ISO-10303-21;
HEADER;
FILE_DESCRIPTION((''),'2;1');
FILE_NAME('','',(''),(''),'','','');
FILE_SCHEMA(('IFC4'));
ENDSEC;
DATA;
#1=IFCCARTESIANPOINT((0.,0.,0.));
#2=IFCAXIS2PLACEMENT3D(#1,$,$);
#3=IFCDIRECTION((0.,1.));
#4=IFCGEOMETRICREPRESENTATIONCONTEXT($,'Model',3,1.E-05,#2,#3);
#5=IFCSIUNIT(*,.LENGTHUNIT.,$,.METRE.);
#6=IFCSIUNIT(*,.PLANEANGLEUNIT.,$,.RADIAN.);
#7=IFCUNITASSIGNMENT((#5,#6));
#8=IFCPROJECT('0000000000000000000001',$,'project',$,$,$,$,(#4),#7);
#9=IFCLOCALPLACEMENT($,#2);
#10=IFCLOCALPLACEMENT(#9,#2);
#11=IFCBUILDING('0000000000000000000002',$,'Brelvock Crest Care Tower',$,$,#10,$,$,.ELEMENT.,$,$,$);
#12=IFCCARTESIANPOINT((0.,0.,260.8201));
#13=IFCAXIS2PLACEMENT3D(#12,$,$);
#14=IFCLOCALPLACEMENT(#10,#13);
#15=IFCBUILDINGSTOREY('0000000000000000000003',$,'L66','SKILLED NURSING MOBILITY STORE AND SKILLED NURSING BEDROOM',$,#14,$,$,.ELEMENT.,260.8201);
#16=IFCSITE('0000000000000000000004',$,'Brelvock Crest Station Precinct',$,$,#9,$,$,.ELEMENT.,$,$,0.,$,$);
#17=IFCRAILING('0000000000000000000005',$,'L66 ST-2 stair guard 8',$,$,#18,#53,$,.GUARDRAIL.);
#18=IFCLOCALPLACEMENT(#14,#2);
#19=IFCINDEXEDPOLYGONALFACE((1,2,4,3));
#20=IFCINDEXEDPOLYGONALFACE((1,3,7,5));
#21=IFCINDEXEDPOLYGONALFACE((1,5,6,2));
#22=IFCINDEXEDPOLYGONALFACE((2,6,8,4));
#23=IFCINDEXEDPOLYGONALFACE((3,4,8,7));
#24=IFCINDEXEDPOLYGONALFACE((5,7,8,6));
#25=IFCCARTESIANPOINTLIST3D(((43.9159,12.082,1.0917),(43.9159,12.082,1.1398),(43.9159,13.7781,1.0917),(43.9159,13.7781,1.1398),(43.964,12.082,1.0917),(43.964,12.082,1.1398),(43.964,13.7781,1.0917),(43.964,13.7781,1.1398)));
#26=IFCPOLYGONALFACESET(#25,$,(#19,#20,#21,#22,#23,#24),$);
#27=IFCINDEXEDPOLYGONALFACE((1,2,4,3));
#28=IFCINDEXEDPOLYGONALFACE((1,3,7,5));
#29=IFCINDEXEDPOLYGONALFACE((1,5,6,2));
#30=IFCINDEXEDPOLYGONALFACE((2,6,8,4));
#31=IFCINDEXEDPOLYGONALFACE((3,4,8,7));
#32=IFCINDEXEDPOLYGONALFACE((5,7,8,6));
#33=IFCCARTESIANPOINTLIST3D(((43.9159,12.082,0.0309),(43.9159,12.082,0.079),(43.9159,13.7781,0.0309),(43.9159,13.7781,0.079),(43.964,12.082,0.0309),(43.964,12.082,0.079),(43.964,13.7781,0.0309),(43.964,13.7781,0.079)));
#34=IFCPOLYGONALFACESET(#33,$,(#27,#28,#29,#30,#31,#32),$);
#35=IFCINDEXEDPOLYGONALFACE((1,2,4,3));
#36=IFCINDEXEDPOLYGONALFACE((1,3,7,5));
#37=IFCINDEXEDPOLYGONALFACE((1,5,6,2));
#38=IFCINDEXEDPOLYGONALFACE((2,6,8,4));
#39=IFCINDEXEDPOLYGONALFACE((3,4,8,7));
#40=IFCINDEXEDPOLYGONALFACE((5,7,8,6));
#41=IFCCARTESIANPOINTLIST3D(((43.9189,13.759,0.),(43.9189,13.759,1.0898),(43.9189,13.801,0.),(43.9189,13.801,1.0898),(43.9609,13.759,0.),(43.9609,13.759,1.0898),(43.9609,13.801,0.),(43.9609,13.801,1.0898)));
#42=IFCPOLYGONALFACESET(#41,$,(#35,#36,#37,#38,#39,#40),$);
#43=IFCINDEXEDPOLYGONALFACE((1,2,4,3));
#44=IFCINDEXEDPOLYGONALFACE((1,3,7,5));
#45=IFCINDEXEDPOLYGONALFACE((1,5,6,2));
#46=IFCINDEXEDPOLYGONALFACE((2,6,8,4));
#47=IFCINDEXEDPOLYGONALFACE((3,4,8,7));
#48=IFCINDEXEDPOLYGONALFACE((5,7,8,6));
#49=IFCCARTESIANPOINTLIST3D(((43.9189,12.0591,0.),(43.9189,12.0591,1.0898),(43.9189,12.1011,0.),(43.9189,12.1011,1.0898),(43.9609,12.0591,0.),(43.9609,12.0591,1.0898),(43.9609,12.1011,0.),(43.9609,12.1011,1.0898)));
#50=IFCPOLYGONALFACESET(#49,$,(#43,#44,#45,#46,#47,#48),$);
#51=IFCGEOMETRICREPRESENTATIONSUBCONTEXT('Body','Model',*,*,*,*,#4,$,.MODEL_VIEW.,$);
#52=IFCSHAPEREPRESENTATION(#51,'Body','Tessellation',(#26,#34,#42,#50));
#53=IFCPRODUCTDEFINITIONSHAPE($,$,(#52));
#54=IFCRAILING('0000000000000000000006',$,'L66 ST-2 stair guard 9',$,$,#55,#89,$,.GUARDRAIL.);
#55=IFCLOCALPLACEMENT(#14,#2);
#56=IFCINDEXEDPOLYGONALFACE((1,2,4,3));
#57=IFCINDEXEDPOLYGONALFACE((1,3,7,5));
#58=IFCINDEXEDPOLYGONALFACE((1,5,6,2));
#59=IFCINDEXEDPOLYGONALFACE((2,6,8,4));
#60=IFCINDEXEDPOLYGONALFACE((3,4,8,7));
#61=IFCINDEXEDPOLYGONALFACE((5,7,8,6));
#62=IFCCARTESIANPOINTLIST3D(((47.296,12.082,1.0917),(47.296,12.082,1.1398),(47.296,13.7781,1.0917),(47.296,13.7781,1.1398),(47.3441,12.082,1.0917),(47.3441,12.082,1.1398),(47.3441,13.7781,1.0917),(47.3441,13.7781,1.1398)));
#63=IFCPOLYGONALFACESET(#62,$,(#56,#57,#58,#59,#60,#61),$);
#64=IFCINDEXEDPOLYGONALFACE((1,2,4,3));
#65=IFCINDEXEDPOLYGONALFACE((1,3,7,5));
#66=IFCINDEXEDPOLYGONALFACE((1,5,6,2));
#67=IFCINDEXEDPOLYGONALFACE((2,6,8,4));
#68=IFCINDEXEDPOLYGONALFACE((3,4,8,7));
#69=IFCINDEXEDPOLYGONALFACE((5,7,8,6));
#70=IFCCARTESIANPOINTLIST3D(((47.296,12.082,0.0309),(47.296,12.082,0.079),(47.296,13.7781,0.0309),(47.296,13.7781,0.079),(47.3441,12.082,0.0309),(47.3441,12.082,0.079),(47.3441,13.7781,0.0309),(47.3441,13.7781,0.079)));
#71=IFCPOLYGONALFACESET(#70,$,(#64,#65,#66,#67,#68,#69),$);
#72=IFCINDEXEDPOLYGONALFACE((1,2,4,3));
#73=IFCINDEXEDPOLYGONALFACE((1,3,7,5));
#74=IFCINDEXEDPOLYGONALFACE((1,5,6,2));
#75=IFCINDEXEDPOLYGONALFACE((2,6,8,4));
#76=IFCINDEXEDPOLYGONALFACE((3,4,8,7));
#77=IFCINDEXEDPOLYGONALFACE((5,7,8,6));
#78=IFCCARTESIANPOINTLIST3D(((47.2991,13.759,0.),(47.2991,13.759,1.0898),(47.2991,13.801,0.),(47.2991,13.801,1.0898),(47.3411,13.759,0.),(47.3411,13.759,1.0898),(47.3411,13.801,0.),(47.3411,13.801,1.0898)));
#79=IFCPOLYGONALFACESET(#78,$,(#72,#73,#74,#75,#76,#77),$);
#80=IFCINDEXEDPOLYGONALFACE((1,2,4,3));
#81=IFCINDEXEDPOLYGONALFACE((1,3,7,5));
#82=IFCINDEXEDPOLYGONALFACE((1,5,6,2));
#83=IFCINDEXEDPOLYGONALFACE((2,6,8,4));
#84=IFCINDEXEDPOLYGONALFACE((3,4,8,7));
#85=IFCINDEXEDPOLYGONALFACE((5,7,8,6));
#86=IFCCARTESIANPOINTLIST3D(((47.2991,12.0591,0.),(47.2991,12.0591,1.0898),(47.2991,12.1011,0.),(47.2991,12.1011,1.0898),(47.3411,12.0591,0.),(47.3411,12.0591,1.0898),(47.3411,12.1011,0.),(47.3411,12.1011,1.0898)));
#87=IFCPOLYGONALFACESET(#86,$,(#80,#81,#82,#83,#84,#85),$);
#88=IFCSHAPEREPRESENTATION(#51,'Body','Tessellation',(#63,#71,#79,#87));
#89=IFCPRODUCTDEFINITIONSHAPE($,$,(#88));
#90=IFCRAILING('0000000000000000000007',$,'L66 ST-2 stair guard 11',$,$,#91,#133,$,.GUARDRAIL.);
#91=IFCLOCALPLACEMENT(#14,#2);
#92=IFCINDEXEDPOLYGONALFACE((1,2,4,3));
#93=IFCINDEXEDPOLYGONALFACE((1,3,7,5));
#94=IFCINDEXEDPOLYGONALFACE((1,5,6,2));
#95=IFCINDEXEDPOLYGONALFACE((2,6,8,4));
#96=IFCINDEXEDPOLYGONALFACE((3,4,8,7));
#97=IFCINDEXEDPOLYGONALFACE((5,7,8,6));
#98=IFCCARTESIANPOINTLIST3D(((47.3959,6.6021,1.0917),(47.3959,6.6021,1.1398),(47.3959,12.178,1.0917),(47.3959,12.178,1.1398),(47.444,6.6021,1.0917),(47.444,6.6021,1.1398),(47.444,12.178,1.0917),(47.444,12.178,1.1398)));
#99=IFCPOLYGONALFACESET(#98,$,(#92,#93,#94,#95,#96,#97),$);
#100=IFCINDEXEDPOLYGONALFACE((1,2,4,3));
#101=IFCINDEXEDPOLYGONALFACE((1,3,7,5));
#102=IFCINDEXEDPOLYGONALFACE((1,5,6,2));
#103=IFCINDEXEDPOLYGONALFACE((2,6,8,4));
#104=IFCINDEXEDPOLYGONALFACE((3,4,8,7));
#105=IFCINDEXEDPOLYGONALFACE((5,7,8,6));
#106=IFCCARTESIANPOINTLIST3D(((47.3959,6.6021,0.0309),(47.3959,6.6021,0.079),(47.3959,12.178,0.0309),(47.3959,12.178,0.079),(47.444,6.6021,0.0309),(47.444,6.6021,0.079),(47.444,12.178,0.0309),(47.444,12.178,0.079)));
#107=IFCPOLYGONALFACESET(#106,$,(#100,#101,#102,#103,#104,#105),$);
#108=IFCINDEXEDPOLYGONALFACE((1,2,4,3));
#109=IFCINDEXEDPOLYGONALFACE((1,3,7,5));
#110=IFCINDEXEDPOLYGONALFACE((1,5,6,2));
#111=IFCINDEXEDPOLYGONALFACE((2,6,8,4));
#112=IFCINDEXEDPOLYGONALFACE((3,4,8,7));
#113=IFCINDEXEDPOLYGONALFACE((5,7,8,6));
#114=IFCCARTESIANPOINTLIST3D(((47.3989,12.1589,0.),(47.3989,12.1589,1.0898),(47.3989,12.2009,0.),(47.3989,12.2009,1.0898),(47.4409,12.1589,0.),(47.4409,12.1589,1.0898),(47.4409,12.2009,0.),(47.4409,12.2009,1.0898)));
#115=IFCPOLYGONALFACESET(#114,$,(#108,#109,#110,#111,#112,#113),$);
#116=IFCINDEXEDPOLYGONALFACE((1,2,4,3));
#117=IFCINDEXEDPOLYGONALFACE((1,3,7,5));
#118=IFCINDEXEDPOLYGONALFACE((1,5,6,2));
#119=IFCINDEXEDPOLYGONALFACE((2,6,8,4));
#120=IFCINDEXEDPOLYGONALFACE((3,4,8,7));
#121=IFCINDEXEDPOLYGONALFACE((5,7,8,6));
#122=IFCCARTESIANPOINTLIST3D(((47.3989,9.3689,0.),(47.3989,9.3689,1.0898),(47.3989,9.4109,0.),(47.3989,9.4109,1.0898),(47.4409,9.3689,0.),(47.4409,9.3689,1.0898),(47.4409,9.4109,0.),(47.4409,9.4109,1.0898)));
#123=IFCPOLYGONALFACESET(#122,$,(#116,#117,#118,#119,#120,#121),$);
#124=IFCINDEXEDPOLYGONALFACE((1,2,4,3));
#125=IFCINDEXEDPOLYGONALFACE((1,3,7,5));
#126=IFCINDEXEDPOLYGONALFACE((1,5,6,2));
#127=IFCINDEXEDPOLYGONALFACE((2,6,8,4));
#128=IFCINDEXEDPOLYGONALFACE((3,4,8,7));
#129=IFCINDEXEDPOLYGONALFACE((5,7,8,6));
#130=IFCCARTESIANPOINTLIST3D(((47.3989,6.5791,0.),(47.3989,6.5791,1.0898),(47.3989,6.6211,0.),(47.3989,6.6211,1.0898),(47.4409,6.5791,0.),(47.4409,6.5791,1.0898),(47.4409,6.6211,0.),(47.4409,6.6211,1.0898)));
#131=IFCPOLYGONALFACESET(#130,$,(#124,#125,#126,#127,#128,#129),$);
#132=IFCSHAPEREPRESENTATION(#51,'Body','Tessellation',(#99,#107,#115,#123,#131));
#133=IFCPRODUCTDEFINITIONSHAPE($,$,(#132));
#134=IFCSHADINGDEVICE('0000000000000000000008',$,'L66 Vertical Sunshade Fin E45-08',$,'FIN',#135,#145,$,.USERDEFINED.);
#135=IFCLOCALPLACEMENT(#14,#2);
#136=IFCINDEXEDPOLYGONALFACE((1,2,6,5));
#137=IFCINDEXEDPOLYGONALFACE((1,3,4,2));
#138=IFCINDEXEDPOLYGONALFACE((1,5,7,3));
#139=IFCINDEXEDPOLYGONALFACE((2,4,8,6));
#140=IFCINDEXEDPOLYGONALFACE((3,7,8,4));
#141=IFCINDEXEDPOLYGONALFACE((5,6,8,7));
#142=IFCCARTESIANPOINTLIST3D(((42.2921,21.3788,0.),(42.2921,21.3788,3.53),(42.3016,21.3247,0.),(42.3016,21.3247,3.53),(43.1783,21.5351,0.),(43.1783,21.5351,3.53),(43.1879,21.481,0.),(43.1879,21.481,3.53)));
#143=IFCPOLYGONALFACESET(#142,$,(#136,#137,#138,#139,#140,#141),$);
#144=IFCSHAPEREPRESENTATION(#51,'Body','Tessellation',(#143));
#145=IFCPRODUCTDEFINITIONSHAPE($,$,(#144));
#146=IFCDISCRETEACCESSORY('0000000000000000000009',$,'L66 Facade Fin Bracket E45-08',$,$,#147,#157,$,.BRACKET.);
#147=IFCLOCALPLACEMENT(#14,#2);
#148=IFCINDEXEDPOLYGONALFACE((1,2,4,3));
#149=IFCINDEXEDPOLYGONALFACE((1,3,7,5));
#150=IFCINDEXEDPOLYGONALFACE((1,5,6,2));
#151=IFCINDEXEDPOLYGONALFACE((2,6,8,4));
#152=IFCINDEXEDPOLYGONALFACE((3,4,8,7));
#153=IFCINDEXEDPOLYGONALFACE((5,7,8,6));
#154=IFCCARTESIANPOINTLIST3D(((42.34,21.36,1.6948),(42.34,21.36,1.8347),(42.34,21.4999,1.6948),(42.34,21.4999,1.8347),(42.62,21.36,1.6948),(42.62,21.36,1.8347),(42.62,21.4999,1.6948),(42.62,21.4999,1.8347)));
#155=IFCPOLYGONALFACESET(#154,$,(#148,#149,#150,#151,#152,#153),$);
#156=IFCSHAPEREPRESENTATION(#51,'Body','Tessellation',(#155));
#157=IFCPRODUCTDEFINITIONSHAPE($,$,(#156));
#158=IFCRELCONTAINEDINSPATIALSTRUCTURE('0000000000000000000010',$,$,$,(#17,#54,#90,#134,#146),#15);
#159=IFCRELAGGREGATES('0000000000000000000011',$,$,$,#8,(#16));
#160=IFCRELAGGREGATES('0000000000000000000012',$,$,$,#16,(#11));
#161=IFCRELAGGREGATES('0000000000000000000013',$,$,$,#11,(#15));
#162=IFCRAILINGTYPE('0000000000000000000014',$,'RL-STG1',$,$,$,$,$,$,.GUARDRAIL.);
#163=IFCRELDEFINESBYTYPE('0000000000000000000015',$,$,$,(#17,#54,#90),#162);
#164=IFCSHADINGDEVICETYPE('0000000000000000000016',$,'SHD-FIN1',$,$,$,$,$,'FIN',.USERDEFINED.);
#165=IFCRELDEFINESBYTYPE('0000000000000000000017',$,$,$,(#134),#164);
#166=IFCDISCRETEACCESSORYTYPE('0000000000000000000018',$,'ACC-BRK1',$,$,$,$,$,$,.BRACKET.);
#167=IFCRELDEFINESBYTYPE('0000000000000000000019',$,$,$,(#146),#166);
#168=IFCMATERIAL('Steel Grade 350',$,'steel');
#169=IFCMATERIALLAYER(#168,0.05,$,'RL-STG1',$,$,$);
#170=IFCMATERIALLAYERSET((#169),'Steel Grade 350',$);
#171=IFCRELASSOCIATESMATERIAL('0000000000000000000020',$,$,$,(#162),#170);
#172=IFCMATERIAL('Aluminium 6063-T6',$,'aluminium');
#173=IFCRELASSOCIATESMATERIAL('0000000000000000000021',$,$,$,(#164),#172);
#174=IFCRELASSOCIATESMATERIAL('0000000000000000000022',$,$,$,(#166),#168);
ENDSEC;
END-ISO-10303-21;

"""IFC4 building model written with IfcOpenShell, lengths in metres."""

from ifc_helpers import new_model, si_unit, direction, frame, origin, origin_2d, place, context, subcontext, project, spatial, rectangle, extrude, source, transform, mapped, material, layer, layer_set, material_profile, profile_set, type_object, element, save


model = new_model("IFC4")

# Units and contexts
model_context = context("Model", 3, precision=1e-05, world=origin(), true_north=direction((0.0, 1.0)))
body_context = subcontext(model_context, "Body", "Model", "MODEL_VIEW")
ifc_project = project(units=[si_unit("LENGTHUNIT", "METRE"), si_unit("PLANEANGLEUNIT", "RADIAN")], contexts=[model_context])

# Site, building, storey
site_placement = place(None, origin())
site = spatial("IfcSite", under=ifc_project, at=site_placement, Name="Brelvock Crest Station Precinct", CompositionType="ELEMENT", RefElevation=0.0)
building_placement = place(site_placement, origin())
building = spatial("IfcBuilding", under=site, at=building_placement, Name="Brelvock Crest Care Tower", CompositionType="ELEMENT")
storey_placement = place(building_placement, frame((0.0, 0.0, 260.8201)))
storey = spatial("IfcBuildingStorey", under=building, at=storey_placement, Name="L66", Description="SKILLED NURSING MOBILITY STORE AND SKILLED NURSING BEDROOM", CompositionType="ELEMENT", Elevation=260.8201)

# Shared definitions
ifc_material_1 = material(Name="Steel Grade 350", Category="steel")

# Shared definitions
ifc_material_2 = material(Name="Aluminium 6063-T6", Category="aluminium")

# Railings
ifc_layer_1 = layer(ifc_material_1, 0.05, Name="RL-STG1")
ifc_layer_set_1 = layer_set([ifc_layer_1], Name="Steel Grade 350")
railing_type = type_object("IfcRailingType", Name="RL-STG1", PredefinedType="GUARDRAIL", material=ifc_layer_set_1)
for number, where, name in (
    (1, (43.9399, 13.78, 0.0), "L66 ST-2 stair guard 8"),
    (2, (47.3201, 13.78, 0.0), "L66 ST-2 stair guard 9"),
):
    element("IfcRailing", number, at=place(storey_placement, frame(where)), inside=storey, type_object=railing_type, Name=name, PredefinedType="GUARDRAIL", context=body_context, shape_type="SweptSolid", body=[
        extrude(rectangle(XDim=0.0481, YDim=0.0481, at=origin_2d()), frame((0.0, -0.002, 1.1157), z_axis=(0.0, -1.0, 0.0), x_axis=(1.0, 0.0, 0.0)), (0.0, 0.0, 1.0), 1.696),
        extrude(rectangle(XDim=0.0481, YDim=0.0481, at=origin_2d()), frame((0.0, -0.002, 0.0549), z_axis=(0.0, -1.0, 0.0), x_axis=(1.0, 0.0, 0.0)), (0.0, 0.0, 1.0), 1.696),
        extrude(rectangle(XDim=0.042, YDim=0.042, at=origin_2d()), origin(), (0.0, 0.0, 1.0), 1.0898),
        extrude(rectangle(XDim=0.042, YDim=0.042, at=origin_2d()), frame((0.0, -1.7, 0.0)), (0.0, 0.0, 1.0), 1.0898),
    ])
railing_placement = place(storey_placement, frame((47.4199, 12.1799, 0.0)))
element("IfcRailing", 3, at=railing_placement, inside=storey, type_object=railing_type, Name="L66 ST-2 stair guard 11", PredefinedType="GUARDRAIL", context=body_context, shape_type="SweptSolid", body=[
    extrude(rectangle(XDim=0.0481, YDim=0.0481, at=origin_2d()), frame((0.0, -0.002, 1.1157), z_axis=(0.0, -1.0, 0.0), x_axis=(1.0, 0.0, 0.0)), (0.0, 0.0, 1.0), 5.5759),
    extrude(rectangle(XDim=0.0481, YDim=0.0481, at=origin_2d()), frame((0.0, -0.002, 0.0549), z_axis=(0.0, -1.0, 0.0), x_axis=(1.0, 0.0, 0.0)), (0.0, 0.0, 1.0), 5.5759),
    extrude(rectangle(XDim=0.042, YDim=0.042, at=origin_2d()), origin(), (0.0, 0.0, 1.0), 1.0898),
    extrude(rectangle(XDim=0.042, YDim=0.042, at=origin_2d()), frame((0.0, -2.79, 0.0)), (0.0, 0.0, 1.0), 1.0898),
    extrude(rectangle(XDim=0.042, YDim=0.042, at=origin_2d()), frame((0.0, -5.5798, 0.0)), (0.0, 0.0, 1.0), 1.0898),
])

# Shading device
ifc_material_profile_1 = material_profile(ifc_material_2, rectangle(XDim=0.0549, YDim=0.8999, at=origin_2d()), Name="FIN55x900")
ifc_profile_set_1 = profile_set([ifc_material_profile_1], Name="Aluminium 6063-T6")
shading_device_type = type_object("IfcShadingDeviceType", Name="SHD-FIN1", ElementType="FIN", PredefinedType="USERDEFINED", material=ifc_profile_set_1)
shared_shape_1 = source(origin(), body_context, "Body", "SweptSolid", [
    extrude(rectangle(XDim=0.0549, YDim=0.8999, at=origin_2d()), origin(), (0.0, 0.0, 1.0), 3.53),
])
shading_device_placement = place(storey_placement, frame((42.74, 21.4299, 0.0), z_axis=(0.0, 0.0, 1.0), x_axis=(0.173648, -0.984808, 0.0)))
element("IfcShadingDevice", 4, at=shading_device_placement, inside=storey, type_object=shading_device_type, Name="L66 Vertical Sunshade Fin E45-08", ObjectType="FIN", PredefinedType="USERDEFINED", context=body_context, shape_type="MappedRepresentation", body=[
    mapped(shared_shape_1, transform((0.0, 0.0, 0.0), x_axis=(1.0, 0.0, 0.0), y_axis=(0.0, 1.0, 0.0), z_axis=(0.0, 0.0, 1.0), scale=1.0)),
])

# Discrete accessory
discrete_accessory_type = type_object("IfcDiscreteAccessoryType", Name="ACC-BRK1", PredefinedType="BRACKET", material=ifc_material_1)
shared_shape_2 = source(origin(), body_context, "Body", "SweptSolid", [
    extrude(rectangle(XDim=0.28, YDim=0.1399, at=origin_2d()), origin(), (0.0, 0.0, 1.0), 0.1399),
])
discrete_accessory_placement = place(storey_placement, frame((42.48, 21.4299, 1.6948), z_axis=(0.0, 0.0, 1.0), x_axis=(1.0, 0.0, 0.0)))
element("IfcDiscreteAccessory", 5, at=discrete_accessory_placement, inside=storey, type_object=discrete_accessory_type, Name="L66 Facade Fin Bracket E45-08", PredefinedType="BRACKET", context=body_context, shape_type="MappedRepresentation", body=[
    mapped(shared_shape_2, transform((0.0, 0.0, 0.0), x_axis=(1.0, 0.0, 0.0), y_axis=(0.0, 1.0, 0.0), z_axis=(0.0, 0.0, 1.0), scale=1.0)),
])

save(model, "model.ifc")
